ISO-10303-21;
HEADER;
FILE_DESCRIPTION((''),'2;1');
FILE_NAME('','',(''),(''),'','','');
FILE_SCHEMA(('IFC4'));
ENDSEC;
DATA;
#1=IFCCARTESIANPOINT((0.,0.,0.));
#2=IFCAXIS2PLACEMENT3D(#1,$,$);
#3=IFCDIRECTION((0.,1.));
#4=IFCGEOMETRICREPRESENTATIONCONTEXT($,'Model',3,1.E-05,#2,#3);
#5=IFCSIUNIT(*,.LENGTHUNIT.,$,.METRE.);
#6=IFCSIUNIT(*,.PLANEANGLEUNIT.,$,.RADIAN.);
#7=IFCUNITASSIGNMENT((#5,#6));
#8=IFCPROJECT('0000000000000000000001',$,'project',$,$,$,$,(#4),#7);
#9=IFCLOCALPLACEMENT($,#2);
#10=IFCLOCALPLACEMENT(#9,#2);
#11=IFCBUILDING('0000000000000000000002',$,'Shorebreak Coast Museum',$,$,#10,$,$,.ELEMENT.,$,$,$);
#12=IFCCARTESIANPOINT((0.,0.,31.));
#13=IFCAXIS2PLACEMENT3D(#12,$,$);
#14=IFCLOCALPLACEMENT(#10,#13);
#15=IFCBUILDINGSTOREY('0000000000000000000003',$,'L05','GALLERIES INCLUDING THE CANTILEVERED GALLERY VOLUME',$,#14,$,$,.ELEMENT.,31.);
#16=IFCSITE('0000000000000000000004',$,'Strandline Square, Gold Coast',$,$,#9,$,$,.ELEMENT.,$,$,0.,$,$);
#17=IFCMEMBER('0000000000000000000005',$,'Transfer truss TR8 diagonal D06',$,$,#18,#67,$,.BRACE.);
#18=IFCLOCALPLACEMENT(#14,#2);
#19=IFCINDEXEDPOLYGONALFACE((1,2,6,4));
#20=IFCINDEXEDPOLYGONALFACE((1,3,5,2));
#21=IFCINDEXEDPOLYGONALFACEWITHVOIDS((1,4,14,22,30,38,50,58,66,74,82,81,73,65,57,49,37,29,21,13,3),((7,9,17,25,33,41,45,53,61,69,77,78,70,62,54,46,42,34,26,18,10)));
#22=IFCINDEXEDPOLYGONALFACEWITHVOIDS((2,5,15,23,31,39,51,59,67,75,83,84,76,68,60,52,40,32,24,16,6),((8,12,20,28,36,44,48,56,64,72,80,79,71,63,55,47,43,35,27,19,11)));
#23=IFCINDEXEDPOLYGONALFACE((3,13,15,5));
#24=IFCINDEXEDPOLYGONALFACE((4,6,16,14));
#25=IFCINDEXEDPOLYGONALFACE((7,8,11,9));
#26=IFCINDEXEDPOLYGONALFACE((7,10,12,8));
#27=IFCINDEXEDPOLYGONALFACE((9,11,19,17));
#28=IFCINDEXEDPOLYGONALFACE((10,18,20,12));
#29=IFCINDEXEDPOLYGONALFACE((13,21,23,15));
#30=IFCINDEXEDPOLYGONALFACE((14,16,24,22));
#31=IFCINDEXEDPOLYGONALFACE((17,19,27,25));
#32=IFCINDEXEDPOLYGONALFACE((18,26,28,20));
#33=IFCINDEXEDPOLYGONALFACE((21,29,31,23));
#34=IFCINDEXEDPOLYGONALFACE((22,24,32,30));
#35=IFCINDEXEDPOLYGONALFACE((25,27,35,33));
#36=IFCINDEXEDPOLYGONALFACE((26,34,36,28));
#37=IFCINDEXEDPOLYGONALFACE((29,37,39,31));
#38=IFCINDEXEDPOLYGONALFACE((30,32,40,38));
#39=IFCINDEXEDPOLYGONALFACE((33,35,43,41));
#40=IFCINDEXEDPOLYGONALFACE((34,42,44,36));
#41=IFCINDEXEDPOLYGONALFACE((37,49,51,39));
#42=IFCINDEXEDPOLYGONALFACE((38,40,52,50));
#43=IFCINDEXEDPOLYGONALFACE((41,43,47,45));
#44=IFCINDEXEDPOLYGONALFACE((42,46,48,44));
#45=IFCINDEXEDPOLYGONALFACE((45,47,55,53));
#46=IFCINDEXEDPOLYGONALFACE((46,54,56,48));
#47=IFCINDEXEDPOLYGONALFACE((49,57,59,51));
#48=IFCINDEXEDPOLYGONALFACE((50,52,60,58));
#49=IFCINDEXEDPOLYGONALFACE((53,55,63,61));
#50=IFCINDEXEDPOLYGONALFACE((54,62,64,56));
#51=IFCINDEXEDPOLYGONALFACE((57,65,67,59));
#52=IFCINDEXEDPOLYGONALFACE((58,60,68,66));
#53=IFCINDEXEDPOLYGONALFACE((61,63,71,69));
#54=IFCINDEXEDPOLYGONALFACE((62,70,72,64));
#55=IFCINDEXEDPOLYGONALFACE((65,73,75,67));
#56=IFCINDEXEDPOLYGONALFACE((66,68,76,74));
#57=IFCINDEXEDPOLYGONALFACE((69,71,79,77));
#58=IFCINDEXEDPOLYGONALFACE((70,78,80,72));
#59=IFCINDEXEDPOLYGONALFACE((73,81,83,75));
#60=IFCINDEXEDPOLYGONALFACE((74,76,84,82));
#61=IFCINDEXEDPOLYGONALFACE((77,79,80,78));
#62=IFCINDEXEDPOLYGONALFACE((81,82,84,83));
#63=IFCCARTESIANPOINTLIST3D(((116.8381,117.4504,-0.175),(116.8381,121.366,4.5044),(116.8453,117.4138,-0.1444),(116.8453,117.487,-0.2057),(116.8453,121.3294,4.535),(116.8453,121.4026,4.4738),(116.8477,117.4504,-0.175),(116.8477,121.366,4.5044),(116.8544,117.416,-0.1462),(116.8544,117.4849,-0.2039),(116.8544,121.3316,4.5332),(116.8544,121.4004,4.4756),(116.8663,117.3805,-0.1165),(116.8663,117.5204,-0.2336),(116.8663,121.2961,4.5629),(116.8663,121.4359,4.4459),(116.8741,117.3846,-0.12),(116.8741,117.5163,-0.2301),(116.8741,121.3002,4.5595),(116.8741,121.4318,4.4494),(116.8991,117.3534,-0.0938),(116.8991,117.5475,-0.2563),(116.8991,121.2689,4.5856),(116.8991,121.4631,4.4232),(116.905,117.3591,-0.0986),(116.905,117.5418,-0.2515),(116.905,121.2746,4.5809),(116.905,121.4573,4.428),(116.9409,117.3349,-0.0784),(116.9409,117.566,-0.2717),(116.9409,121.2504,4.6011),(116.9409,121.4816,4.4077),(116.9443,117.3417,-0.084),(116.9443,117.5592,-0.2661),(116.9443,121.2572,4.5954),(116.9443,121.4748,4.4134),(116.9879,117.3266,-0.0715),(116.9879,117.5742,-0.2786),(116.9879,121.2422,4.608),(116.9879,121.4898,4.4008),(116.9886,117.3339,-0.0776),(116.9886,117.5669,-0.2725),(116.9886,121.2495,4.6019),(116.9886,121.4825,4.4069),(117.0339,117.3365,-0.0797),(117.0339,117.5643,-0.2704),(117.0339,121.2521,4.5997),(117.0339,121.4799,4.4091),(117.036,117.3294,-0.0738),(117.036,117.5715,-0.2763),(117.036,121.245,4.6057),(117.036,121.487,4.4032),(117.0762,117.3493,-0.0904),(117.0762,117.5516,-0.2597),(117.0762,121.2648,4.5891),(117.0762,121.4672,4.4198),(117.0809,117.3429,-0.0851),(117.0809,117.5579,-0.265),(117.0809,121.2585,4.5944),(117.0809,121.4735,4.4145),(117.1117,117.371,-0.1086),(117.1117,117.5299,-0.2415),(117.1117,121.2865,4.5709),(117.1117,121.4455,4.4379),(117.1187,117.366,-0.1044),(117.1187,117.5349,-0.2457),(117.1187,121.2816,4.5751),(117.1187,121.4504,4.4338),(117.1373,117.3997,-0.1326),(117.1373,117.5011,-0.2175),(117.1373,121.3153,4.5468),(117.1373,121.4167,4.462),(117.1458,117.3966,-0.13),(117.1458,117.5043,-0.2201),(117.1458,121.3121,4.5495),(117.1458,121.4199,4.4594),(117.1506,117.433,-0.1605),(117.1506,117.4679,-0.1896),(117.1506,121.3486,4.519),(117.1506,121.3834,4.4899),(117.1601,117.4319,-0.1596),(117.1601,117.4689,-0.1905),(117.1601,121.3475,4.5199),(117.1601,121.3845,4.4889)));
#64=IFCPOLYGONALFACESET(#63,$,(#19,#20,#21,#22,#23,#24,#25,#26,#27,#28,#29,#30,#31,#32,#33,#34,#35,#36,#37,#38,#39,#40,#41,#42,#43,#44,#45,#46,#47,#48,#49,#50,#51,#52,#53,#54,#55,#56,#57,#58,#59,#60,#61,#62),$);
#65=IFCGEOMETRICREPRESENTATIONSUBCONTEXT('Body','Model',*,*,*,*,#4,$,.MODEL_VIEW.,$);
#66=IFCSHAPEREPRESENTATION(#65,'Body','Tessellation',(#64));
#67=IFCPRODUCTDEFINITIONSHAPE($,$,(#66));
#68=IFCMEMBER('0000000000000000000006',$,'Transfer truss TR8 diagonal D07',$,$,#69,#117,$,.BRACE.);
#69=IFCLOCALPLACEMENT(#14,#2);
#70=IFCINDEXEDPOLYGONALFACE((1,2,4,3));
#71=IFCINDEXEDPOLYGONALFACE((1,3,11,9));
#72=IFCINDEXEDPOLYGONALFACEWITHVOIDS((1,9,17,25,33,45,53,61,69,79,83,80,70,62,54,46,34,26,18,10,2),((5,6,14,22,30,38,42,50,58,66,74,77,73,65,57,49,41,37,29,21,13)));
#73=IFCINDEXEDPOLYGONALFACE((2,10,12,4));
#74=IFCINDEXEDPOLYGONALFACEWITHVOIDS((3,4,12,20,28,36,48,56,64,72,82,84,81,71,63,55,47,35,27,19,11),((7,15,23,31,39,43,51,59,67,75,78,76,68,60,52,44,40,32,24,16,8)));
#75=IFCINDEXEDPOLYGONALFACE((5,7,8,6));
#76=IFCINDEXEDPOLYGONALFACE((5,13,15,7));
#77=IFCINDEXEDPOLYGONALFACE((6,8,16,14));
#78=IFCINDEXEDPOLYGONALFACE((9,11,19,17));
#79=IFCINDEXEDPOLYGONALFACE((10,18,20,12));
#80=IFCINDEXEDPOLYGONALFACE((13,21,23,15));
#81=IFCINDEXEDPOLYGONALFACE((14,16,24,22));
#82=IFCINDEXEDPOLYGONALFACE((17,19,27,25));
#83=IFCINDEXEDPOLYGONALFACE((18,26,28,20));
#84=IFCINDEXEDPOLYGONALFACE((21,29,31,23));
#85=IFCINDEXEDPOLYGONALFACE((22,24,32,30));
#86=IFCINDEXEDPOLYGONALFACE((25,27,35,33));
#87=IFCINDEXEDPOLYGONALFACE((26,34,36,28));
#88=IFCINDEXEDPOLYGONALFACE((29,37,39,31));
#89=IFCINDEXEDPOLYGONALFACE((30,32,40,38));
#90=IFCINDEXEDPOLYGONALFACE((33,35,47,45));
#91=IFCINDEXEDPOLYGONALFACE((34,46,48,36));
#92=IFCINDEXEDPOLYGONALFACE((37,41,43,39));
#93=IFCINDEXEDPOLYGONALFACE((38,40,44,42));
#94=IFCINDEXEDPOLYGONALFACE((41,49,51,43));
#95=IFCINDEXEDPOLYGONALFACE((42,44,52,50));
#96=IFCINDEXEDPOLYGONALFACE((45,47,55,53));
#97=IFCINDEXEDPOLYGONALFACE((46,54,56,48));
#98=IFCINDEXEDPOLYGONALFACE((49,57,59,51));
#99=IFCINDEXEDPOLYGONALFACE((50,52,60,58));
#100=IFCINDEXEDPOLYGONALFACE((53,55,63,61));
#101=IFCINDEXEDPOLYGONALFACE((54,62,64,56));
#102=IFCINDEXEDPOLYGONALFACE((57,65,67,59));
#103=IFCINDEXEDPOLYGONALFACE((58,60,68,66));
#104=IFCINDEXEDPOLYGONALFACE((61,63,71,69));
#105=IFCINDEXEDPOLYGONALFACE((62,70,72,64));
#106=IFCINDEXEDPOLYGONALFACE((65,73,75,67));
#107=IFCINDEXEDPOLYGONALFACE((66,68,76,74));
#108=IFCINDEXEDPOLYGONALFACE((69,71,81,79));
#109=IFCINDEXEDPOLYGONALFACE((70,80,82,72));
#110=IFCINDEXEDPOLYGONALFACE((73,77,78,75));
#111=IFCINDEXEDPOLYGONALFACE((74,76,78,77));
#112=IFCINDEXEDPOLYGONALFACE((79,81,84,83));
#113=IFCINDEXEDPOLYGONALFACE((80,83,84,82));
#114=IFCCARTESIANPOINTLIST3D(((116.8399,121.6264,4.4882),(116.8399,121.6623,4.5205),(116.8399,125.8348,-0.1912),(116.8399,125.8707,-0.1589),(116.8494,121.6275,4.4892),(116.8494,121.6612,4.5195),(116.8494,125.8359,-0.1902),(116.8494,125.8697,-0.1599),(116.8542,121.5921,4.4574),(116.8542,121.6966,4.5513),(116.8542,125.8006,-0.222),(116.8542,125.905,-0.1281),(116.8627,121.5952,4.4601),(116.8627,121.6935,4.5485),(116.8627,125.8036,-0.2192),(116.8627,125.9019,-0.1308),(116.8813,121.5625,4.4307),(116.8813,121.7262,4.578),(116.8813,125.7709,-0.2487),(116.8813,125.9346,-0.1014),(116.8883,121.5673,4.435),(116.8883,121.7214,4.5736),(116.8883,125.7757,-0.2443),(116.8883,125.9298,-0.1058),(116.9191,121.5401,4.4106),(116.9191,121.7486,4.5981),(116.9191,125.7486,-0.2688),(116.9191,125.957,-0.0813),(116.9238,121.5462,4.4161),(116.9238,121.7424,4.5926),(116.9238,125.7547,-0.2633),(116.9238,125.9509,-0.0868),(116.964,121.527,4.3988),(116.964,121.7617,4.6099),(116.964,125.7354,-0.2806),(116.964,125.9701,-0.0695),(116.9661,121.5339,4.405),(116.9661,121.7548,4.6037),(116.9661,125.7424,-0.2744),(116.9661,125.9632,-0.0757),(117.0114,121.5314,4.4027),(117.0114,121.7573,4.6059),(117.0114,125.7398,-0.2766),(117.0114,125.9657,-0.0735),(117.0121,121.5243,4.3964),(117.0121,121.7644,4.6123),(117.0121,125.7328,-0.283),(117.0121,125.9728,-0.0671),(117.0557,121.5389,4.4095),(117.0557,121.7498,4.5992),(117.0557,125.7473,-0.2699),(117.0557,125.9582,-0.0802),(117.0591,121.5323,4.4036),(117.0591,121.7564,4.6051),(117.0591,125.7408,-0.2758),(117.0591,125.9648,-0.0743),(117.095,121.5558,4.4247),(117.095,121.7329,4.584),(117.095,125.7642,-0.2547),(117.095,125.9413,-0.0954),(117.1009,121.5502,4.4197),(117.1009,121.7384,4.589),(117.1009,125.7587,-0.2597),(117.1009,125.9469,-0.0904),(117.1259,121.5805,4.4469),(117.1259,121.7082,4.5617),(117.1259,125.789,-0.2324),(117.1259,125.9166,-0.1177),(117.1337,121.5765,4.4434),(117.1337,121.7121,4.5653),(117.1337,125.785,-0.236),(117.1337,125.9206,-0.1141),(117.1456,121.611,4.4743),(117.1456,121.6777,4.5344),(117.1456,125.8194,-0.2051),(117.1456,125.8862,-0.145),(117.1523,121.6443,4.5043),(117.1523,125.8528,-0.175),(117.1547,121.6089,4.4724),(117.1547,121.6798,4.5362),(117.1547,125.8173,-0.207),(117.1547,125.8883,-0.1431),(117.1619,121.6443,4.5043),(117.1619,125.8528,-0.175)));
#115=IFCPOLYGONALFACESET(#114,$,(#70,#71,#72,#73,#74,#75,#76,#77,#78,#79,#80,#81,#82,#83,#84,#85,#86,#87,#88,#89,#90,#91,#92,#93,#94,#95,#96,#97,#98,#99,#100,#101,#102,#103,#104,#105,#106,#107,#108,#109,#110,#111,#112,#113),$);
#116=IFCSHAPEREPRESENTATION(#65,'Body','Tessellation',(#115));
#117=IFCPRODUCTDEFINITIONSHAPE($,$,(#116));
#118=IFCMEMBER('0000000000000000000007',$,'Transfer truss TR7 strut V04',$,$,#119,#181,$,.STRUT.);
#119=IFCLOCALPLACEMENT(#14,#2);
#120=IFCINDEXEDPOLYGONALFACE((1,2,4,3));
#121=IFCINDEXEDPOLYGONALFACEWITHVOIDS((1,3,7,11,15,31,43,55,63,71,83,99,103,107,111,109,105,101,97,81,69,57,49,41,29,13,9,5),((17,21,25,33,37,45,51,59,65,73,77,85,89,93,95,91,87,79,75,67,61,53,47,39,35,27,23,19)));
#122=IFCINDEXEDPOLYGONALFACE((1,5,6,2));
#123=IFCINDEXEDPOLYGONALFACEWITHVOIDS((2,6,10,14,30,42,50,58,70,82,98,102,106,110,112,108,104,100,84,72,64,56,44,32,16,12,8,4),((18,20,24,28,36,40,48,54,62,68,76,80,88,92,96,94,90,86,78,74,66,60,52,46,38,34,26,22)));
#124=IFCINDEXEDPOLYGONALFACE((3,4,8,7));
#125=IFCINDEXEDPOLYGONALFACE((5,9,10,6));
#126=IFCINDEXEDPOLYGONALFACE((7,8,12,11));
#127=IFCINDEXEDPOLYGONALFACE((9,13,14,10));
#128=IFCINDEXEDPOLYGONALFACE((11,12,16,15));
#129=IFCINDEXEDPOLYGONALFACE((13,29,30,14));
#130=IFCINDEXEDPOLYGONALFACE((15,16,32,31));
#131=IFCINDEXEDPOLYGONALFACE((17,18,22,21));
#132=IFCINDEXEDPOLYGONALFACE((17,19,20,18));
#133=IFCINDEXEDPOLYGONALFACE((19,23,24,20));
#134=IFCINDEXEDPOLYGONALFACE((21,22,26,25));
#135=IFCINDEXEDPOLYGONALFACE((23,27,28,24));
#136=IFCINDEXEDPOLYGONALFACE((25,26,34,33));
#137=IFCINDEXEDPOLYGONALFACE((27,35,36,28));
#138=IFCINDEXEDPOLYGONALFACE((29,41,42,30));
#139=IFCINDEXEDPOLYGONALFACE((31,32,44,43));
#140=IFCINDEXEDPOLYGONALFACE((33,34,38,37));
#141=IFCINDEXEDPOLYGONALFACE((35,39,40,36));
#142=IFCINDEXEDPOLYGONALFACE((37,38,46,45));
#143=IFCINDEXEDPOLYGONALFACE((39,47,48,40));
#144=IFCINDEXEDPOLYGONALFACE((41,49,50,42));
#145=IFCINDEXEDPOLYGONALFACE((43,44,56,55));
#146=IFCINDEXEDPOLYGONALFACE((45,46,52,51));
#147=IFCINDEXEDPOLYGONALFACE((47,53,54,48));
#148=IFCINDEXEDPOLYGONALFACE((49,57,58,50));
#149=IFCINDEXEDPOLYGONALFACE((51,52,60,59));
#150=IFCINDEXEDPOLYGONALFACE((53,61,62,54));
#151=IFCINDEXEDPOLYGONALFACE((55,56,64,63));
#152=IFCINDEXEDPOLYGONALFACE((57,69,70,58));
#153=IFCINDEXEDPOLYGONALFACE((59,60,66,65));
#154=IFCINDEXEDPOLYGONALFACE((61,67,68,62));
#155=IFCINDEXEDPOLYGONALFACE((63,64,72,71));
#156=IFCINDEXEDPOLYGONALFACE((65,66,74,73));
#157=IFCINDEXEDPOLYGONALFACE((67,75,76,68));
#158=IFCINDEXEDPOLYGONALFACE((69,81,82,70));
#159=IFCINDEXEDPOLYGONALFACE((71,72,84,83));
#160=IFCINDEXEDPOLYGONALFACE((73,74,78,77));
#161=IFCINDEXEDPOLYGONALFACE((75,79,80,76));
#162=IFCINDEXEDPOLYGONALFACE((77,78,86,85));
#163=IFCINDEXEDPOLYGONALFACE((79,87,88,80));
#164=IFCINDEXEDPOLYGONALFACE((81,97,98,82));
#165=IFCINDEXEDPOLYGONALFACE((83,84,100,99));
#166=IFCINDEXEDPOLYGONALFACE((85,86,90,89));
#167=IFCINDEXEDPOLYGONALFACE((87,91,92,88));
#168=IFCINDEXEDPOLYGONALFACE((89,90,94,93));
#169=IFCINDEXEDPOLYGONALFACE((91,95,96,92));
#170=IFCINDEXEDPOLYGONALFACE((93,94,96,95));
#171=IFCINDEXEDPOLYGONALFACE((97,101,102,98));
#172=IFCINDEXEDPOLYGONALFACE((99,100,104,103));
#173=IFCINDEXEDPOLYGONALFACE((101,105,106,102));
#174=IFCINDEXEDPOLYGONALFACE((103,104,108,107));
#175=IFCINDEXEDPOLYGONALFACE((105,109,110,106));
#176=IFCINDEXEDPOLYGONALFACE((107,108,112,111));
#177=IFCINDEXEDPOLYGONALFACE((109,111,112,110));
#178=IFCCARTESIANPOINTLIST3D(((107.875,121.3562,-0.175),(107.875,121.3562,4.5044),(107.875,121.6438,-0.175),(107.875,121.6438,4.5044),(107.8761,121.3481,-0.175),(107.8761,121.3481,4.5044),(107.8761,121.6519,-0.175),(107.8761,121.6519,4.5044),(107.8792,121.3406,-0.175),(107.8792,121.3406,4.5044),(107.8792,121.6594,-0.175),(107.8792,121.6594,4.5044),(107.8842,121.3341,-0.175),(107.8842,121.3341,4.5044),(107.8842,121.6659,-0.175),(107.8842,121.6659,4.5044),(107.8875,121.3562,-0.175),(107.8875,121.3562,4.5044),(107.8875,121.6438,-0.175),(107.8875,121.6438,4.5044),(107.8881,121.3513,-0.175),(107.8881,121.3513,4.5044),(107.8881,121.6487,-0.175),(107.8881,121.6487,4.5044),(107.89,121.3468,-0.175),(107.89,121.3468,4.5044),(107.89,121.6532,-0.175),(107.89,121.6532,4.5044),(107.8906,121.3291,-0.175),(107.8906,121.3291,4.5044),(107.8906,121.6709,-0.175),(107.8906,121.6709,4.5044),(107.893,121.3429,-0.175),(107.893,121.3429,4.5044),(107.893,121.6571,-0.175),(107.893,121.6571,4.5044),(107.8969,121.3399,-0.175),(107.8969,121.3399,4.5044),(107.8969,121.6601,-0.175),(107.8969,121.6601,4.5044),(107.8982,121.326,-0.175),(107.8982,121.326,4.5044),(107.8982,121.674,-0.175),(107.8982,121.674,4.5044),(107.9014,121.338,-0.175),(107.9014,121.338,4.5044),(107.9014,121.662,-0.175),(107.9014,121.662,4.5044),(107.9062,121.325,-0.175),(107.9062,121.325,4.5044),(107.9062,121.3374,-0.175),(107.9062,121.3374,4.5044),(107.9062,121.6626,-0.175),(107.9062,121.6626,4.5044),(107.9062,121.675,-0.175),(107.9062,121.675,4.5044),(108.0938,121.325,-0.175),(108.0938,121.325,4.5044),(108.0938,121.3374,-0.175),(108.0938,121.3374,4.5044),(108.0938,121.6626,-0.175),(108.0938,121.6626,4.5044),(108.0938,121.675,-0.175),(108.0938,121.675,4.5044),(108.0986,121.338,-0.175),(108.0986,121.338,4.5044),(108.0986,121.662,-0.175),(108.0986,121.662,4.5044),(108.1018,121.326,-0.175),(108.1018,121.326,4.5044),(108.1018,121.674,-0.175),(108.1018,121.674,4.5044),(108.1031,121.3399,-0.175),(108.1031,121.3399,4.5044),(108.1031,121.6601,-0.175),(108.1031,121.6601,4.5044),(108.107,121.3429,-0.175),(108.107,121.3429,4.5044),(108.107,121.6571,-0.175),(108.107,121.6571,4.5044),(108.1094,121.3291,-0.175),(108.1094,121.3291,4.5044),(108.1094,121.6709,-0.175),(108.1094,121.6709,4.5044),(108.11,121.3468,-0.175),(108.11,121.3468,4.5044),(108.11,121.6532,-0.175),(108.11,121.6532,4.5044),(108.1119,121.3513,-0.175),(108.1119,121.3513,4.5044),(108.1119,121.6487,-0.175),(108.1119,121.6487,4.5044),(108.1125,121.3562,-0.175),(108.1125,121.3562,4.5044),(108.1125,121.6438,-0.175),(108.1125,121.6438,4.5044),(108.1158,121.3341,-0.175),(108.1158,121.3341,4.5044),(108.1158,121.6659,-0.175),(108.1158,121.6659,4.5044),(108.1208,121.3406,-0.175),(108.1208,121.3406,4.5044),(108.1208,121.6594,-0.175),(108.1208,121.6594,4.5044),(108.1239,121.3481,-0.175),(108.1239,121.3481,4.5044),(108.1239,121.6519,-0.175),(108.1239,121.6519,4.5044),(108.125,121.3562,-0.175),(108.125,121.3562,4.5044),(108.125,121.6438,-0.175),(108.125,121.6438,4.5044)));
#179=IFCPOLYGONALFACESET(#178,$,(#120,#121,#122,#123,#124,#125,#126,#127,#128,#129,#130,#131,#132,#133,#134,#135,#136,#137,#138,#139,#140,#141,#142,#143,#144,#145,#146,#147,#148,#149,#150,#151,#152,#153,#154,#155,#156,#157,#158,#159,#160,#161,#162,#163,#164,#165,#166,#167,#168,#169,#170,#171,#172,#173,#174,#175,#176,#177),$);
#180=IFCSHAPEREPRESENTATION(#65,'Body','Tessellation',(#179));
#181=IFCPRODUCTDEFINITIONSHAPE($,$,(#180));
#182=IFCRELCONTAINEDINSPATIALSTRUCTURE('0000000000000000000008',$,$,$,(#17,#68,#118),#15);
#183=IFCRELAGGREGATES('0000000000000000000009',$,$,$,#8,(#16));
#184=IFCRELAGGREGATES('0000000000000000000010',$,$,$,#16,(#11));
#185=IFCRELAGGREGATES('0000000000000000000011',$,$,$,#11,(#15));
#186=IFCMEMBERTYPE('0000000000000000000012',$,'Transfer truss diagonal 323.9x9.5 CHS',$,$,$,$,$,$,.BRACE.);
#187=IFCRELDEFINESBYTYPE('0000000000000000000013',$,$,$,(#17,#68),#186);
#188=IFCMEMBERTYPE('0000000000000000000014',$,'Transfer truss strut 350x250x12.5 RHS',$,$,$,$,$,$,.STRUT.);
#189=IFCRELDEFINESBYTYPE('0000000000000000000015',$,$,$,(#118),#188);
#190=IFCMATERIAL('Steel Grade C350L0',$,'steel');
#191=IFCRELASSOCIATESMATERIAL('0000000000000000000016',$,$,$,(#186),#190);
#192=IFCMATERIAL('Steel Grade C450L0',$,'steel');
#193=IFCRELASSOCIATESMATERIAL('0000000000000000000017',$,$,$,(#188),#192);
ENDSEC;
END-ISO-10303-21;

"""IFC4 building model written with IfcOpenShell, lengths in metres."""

from ifc_helpers import new_model, si_unit, direction, frame, origin, origin_2d, place, context, subcontext, project, spatial, hollow_rectangle, hollow_circle, extrude, material, material_profile, profile_set, type_object, element, save


model = new_model("IFC4")

# Units and contexts
model_context = context("Model", 3, precision=1e-05, world=origin(), true_north=direction((0.0, 1.0)))
body_context = subcontext(model_context, "Body", "Model", "MODEL_VIEW")
ifc_project = project(units=[si_unit("LENGTHUNIT", "METRE"), si_unit("PLANEANGLEUNIT", "RADIAN")], contexts=[model_context])

# Site, building, storey
site_placement = place(None, origin())
site = spatial("IfcSite", under=ifc_project, at=site_placement, Name="Strandline Square, Gold Coast", CompositionType="ELEMENT", RefElevation=0.0)
building_placement = place(site_placement, origin())
building = spatial("IfcBuilding", under=site, at=building_placement, Name="Shorebreak Coast Museum", CompositionType="ELEMENT")
storey_placement = place(building_placement, frame((0.0, 0.0, 31.0)))
storey = spatial("IfcBuildingStorey", under=building, at=storey_placement, Name="L05", Description="GALLERIES INCLUDING THE CANTILEVERED GALLERY VOLUME", CompositionType="ELEMENT", Elevation=31.0)

# Members
ifc_material_1 = material(Name="Steel Grade C350L0", Category="steel")
ifc_material_profile_1 = material_profile(ifc_material_1, hollow_circle(Radius=0.1619, WallThickness=0.0095, at=origin_2d()), Name="323.9x9.5 CHS")
ifc_profile_set_1 = profile_set([ifc_material_profile_1], Name="Steel Grade C350L0")
member_type_1 = type_object("IfcMemberType", Name="Transfer truss diagonal 323.9x9.5 CHS", PredefinedType="BRACE", material=ifc_profile_set_1)
member_1_placement = place(storey_placement, frame((117.0, 117.4504, -0.175), z_axis=(0.0, 0.64173, 0.766931), x_axis=(-1.0, 0.0, 0.0)))
element("IfcMember", 1, at=member_1_placement, inside=storey, type_object=member_type_1, Name="Transfer truss TR8 diagonal D06", PredefinedType="BRACE", context=body_context, shape_type="SweptSolid", body=[
    extrude(hollow_circle(Radius=0.1619, WallThickness=0.0095, at=origin_2d()), origin(), (0.0, 0.0, 1.0), 6.1016),
])
member_2_placement = place(storey_placement, frame((117.0, 125.8528, -0.175), z_axis=(0.0, -0.668701, 0.743531), x_axis=(1.0, 0.0, 0.0)))
element("IfcMember", 2, at=member_2_placement, inside=storey, type_object=member_type_1, Name="Transfer truss TR8 diagonal D07", PredefinedType="BRACE", context=body_context, shape_type="SweptSolid", body=[
    extrude(hollow_circle(Radius=0.1619, WallThickness=0.0095, at=origin_2d()), origin(), (0.0, 0.0, 1.0), 6.2935),
])
ifc_material_2 = material(Name="Steel Grade C450L0", Category="steel")
ifc_material_profile_2 = material_profile(ifc_material_2, hollow_rectangle(XDim=0.25, YDim=0.3501, WallThickness=0.0125, InnerFilletRadius=0.0188, OuterFilletRadius=0.0312, at=origin_2d()), Name="350x250x12.5 RHS")
ifc_profile_set_2 = profile_set([ifc_material_profile_2], Name="Steel Grade C450L0")
member_type_2 = type_object("IfcMemberType", Name="Transfer truss strut 350x250x12.5 RHS", PredefinedType="STRUT", material=ifc_profile_set_2)
for number, where, z_axis, x_axis, name in (
    (3, (108.0, 121.5, -0.175), (0.0, 0.0, 1.0), (1.0, 0.0, 0.0), "Transfer truss TR7 strut V04"),
):
    element("IfcMember", number, at=place(storey_placement, frame(where, z_axis=z_axis, x_axis=x_axis)), inside=storey, type_object=member_type_2, Name=name, PredefinedType="STRUT", context=body_context, shape_type="SweptSolid", body=[
        extrude(hollow_rectangle(XDim=0.25, YDim=0.3501, WallThickness=0.0125, InnerFilletRadius=0.0188, OuterFilletRadius=0.0312, at=origin_2d()), origin(), (0.0, 0.0, 1.0), 4.6794),
    ])

save(model, "model.ifc")
